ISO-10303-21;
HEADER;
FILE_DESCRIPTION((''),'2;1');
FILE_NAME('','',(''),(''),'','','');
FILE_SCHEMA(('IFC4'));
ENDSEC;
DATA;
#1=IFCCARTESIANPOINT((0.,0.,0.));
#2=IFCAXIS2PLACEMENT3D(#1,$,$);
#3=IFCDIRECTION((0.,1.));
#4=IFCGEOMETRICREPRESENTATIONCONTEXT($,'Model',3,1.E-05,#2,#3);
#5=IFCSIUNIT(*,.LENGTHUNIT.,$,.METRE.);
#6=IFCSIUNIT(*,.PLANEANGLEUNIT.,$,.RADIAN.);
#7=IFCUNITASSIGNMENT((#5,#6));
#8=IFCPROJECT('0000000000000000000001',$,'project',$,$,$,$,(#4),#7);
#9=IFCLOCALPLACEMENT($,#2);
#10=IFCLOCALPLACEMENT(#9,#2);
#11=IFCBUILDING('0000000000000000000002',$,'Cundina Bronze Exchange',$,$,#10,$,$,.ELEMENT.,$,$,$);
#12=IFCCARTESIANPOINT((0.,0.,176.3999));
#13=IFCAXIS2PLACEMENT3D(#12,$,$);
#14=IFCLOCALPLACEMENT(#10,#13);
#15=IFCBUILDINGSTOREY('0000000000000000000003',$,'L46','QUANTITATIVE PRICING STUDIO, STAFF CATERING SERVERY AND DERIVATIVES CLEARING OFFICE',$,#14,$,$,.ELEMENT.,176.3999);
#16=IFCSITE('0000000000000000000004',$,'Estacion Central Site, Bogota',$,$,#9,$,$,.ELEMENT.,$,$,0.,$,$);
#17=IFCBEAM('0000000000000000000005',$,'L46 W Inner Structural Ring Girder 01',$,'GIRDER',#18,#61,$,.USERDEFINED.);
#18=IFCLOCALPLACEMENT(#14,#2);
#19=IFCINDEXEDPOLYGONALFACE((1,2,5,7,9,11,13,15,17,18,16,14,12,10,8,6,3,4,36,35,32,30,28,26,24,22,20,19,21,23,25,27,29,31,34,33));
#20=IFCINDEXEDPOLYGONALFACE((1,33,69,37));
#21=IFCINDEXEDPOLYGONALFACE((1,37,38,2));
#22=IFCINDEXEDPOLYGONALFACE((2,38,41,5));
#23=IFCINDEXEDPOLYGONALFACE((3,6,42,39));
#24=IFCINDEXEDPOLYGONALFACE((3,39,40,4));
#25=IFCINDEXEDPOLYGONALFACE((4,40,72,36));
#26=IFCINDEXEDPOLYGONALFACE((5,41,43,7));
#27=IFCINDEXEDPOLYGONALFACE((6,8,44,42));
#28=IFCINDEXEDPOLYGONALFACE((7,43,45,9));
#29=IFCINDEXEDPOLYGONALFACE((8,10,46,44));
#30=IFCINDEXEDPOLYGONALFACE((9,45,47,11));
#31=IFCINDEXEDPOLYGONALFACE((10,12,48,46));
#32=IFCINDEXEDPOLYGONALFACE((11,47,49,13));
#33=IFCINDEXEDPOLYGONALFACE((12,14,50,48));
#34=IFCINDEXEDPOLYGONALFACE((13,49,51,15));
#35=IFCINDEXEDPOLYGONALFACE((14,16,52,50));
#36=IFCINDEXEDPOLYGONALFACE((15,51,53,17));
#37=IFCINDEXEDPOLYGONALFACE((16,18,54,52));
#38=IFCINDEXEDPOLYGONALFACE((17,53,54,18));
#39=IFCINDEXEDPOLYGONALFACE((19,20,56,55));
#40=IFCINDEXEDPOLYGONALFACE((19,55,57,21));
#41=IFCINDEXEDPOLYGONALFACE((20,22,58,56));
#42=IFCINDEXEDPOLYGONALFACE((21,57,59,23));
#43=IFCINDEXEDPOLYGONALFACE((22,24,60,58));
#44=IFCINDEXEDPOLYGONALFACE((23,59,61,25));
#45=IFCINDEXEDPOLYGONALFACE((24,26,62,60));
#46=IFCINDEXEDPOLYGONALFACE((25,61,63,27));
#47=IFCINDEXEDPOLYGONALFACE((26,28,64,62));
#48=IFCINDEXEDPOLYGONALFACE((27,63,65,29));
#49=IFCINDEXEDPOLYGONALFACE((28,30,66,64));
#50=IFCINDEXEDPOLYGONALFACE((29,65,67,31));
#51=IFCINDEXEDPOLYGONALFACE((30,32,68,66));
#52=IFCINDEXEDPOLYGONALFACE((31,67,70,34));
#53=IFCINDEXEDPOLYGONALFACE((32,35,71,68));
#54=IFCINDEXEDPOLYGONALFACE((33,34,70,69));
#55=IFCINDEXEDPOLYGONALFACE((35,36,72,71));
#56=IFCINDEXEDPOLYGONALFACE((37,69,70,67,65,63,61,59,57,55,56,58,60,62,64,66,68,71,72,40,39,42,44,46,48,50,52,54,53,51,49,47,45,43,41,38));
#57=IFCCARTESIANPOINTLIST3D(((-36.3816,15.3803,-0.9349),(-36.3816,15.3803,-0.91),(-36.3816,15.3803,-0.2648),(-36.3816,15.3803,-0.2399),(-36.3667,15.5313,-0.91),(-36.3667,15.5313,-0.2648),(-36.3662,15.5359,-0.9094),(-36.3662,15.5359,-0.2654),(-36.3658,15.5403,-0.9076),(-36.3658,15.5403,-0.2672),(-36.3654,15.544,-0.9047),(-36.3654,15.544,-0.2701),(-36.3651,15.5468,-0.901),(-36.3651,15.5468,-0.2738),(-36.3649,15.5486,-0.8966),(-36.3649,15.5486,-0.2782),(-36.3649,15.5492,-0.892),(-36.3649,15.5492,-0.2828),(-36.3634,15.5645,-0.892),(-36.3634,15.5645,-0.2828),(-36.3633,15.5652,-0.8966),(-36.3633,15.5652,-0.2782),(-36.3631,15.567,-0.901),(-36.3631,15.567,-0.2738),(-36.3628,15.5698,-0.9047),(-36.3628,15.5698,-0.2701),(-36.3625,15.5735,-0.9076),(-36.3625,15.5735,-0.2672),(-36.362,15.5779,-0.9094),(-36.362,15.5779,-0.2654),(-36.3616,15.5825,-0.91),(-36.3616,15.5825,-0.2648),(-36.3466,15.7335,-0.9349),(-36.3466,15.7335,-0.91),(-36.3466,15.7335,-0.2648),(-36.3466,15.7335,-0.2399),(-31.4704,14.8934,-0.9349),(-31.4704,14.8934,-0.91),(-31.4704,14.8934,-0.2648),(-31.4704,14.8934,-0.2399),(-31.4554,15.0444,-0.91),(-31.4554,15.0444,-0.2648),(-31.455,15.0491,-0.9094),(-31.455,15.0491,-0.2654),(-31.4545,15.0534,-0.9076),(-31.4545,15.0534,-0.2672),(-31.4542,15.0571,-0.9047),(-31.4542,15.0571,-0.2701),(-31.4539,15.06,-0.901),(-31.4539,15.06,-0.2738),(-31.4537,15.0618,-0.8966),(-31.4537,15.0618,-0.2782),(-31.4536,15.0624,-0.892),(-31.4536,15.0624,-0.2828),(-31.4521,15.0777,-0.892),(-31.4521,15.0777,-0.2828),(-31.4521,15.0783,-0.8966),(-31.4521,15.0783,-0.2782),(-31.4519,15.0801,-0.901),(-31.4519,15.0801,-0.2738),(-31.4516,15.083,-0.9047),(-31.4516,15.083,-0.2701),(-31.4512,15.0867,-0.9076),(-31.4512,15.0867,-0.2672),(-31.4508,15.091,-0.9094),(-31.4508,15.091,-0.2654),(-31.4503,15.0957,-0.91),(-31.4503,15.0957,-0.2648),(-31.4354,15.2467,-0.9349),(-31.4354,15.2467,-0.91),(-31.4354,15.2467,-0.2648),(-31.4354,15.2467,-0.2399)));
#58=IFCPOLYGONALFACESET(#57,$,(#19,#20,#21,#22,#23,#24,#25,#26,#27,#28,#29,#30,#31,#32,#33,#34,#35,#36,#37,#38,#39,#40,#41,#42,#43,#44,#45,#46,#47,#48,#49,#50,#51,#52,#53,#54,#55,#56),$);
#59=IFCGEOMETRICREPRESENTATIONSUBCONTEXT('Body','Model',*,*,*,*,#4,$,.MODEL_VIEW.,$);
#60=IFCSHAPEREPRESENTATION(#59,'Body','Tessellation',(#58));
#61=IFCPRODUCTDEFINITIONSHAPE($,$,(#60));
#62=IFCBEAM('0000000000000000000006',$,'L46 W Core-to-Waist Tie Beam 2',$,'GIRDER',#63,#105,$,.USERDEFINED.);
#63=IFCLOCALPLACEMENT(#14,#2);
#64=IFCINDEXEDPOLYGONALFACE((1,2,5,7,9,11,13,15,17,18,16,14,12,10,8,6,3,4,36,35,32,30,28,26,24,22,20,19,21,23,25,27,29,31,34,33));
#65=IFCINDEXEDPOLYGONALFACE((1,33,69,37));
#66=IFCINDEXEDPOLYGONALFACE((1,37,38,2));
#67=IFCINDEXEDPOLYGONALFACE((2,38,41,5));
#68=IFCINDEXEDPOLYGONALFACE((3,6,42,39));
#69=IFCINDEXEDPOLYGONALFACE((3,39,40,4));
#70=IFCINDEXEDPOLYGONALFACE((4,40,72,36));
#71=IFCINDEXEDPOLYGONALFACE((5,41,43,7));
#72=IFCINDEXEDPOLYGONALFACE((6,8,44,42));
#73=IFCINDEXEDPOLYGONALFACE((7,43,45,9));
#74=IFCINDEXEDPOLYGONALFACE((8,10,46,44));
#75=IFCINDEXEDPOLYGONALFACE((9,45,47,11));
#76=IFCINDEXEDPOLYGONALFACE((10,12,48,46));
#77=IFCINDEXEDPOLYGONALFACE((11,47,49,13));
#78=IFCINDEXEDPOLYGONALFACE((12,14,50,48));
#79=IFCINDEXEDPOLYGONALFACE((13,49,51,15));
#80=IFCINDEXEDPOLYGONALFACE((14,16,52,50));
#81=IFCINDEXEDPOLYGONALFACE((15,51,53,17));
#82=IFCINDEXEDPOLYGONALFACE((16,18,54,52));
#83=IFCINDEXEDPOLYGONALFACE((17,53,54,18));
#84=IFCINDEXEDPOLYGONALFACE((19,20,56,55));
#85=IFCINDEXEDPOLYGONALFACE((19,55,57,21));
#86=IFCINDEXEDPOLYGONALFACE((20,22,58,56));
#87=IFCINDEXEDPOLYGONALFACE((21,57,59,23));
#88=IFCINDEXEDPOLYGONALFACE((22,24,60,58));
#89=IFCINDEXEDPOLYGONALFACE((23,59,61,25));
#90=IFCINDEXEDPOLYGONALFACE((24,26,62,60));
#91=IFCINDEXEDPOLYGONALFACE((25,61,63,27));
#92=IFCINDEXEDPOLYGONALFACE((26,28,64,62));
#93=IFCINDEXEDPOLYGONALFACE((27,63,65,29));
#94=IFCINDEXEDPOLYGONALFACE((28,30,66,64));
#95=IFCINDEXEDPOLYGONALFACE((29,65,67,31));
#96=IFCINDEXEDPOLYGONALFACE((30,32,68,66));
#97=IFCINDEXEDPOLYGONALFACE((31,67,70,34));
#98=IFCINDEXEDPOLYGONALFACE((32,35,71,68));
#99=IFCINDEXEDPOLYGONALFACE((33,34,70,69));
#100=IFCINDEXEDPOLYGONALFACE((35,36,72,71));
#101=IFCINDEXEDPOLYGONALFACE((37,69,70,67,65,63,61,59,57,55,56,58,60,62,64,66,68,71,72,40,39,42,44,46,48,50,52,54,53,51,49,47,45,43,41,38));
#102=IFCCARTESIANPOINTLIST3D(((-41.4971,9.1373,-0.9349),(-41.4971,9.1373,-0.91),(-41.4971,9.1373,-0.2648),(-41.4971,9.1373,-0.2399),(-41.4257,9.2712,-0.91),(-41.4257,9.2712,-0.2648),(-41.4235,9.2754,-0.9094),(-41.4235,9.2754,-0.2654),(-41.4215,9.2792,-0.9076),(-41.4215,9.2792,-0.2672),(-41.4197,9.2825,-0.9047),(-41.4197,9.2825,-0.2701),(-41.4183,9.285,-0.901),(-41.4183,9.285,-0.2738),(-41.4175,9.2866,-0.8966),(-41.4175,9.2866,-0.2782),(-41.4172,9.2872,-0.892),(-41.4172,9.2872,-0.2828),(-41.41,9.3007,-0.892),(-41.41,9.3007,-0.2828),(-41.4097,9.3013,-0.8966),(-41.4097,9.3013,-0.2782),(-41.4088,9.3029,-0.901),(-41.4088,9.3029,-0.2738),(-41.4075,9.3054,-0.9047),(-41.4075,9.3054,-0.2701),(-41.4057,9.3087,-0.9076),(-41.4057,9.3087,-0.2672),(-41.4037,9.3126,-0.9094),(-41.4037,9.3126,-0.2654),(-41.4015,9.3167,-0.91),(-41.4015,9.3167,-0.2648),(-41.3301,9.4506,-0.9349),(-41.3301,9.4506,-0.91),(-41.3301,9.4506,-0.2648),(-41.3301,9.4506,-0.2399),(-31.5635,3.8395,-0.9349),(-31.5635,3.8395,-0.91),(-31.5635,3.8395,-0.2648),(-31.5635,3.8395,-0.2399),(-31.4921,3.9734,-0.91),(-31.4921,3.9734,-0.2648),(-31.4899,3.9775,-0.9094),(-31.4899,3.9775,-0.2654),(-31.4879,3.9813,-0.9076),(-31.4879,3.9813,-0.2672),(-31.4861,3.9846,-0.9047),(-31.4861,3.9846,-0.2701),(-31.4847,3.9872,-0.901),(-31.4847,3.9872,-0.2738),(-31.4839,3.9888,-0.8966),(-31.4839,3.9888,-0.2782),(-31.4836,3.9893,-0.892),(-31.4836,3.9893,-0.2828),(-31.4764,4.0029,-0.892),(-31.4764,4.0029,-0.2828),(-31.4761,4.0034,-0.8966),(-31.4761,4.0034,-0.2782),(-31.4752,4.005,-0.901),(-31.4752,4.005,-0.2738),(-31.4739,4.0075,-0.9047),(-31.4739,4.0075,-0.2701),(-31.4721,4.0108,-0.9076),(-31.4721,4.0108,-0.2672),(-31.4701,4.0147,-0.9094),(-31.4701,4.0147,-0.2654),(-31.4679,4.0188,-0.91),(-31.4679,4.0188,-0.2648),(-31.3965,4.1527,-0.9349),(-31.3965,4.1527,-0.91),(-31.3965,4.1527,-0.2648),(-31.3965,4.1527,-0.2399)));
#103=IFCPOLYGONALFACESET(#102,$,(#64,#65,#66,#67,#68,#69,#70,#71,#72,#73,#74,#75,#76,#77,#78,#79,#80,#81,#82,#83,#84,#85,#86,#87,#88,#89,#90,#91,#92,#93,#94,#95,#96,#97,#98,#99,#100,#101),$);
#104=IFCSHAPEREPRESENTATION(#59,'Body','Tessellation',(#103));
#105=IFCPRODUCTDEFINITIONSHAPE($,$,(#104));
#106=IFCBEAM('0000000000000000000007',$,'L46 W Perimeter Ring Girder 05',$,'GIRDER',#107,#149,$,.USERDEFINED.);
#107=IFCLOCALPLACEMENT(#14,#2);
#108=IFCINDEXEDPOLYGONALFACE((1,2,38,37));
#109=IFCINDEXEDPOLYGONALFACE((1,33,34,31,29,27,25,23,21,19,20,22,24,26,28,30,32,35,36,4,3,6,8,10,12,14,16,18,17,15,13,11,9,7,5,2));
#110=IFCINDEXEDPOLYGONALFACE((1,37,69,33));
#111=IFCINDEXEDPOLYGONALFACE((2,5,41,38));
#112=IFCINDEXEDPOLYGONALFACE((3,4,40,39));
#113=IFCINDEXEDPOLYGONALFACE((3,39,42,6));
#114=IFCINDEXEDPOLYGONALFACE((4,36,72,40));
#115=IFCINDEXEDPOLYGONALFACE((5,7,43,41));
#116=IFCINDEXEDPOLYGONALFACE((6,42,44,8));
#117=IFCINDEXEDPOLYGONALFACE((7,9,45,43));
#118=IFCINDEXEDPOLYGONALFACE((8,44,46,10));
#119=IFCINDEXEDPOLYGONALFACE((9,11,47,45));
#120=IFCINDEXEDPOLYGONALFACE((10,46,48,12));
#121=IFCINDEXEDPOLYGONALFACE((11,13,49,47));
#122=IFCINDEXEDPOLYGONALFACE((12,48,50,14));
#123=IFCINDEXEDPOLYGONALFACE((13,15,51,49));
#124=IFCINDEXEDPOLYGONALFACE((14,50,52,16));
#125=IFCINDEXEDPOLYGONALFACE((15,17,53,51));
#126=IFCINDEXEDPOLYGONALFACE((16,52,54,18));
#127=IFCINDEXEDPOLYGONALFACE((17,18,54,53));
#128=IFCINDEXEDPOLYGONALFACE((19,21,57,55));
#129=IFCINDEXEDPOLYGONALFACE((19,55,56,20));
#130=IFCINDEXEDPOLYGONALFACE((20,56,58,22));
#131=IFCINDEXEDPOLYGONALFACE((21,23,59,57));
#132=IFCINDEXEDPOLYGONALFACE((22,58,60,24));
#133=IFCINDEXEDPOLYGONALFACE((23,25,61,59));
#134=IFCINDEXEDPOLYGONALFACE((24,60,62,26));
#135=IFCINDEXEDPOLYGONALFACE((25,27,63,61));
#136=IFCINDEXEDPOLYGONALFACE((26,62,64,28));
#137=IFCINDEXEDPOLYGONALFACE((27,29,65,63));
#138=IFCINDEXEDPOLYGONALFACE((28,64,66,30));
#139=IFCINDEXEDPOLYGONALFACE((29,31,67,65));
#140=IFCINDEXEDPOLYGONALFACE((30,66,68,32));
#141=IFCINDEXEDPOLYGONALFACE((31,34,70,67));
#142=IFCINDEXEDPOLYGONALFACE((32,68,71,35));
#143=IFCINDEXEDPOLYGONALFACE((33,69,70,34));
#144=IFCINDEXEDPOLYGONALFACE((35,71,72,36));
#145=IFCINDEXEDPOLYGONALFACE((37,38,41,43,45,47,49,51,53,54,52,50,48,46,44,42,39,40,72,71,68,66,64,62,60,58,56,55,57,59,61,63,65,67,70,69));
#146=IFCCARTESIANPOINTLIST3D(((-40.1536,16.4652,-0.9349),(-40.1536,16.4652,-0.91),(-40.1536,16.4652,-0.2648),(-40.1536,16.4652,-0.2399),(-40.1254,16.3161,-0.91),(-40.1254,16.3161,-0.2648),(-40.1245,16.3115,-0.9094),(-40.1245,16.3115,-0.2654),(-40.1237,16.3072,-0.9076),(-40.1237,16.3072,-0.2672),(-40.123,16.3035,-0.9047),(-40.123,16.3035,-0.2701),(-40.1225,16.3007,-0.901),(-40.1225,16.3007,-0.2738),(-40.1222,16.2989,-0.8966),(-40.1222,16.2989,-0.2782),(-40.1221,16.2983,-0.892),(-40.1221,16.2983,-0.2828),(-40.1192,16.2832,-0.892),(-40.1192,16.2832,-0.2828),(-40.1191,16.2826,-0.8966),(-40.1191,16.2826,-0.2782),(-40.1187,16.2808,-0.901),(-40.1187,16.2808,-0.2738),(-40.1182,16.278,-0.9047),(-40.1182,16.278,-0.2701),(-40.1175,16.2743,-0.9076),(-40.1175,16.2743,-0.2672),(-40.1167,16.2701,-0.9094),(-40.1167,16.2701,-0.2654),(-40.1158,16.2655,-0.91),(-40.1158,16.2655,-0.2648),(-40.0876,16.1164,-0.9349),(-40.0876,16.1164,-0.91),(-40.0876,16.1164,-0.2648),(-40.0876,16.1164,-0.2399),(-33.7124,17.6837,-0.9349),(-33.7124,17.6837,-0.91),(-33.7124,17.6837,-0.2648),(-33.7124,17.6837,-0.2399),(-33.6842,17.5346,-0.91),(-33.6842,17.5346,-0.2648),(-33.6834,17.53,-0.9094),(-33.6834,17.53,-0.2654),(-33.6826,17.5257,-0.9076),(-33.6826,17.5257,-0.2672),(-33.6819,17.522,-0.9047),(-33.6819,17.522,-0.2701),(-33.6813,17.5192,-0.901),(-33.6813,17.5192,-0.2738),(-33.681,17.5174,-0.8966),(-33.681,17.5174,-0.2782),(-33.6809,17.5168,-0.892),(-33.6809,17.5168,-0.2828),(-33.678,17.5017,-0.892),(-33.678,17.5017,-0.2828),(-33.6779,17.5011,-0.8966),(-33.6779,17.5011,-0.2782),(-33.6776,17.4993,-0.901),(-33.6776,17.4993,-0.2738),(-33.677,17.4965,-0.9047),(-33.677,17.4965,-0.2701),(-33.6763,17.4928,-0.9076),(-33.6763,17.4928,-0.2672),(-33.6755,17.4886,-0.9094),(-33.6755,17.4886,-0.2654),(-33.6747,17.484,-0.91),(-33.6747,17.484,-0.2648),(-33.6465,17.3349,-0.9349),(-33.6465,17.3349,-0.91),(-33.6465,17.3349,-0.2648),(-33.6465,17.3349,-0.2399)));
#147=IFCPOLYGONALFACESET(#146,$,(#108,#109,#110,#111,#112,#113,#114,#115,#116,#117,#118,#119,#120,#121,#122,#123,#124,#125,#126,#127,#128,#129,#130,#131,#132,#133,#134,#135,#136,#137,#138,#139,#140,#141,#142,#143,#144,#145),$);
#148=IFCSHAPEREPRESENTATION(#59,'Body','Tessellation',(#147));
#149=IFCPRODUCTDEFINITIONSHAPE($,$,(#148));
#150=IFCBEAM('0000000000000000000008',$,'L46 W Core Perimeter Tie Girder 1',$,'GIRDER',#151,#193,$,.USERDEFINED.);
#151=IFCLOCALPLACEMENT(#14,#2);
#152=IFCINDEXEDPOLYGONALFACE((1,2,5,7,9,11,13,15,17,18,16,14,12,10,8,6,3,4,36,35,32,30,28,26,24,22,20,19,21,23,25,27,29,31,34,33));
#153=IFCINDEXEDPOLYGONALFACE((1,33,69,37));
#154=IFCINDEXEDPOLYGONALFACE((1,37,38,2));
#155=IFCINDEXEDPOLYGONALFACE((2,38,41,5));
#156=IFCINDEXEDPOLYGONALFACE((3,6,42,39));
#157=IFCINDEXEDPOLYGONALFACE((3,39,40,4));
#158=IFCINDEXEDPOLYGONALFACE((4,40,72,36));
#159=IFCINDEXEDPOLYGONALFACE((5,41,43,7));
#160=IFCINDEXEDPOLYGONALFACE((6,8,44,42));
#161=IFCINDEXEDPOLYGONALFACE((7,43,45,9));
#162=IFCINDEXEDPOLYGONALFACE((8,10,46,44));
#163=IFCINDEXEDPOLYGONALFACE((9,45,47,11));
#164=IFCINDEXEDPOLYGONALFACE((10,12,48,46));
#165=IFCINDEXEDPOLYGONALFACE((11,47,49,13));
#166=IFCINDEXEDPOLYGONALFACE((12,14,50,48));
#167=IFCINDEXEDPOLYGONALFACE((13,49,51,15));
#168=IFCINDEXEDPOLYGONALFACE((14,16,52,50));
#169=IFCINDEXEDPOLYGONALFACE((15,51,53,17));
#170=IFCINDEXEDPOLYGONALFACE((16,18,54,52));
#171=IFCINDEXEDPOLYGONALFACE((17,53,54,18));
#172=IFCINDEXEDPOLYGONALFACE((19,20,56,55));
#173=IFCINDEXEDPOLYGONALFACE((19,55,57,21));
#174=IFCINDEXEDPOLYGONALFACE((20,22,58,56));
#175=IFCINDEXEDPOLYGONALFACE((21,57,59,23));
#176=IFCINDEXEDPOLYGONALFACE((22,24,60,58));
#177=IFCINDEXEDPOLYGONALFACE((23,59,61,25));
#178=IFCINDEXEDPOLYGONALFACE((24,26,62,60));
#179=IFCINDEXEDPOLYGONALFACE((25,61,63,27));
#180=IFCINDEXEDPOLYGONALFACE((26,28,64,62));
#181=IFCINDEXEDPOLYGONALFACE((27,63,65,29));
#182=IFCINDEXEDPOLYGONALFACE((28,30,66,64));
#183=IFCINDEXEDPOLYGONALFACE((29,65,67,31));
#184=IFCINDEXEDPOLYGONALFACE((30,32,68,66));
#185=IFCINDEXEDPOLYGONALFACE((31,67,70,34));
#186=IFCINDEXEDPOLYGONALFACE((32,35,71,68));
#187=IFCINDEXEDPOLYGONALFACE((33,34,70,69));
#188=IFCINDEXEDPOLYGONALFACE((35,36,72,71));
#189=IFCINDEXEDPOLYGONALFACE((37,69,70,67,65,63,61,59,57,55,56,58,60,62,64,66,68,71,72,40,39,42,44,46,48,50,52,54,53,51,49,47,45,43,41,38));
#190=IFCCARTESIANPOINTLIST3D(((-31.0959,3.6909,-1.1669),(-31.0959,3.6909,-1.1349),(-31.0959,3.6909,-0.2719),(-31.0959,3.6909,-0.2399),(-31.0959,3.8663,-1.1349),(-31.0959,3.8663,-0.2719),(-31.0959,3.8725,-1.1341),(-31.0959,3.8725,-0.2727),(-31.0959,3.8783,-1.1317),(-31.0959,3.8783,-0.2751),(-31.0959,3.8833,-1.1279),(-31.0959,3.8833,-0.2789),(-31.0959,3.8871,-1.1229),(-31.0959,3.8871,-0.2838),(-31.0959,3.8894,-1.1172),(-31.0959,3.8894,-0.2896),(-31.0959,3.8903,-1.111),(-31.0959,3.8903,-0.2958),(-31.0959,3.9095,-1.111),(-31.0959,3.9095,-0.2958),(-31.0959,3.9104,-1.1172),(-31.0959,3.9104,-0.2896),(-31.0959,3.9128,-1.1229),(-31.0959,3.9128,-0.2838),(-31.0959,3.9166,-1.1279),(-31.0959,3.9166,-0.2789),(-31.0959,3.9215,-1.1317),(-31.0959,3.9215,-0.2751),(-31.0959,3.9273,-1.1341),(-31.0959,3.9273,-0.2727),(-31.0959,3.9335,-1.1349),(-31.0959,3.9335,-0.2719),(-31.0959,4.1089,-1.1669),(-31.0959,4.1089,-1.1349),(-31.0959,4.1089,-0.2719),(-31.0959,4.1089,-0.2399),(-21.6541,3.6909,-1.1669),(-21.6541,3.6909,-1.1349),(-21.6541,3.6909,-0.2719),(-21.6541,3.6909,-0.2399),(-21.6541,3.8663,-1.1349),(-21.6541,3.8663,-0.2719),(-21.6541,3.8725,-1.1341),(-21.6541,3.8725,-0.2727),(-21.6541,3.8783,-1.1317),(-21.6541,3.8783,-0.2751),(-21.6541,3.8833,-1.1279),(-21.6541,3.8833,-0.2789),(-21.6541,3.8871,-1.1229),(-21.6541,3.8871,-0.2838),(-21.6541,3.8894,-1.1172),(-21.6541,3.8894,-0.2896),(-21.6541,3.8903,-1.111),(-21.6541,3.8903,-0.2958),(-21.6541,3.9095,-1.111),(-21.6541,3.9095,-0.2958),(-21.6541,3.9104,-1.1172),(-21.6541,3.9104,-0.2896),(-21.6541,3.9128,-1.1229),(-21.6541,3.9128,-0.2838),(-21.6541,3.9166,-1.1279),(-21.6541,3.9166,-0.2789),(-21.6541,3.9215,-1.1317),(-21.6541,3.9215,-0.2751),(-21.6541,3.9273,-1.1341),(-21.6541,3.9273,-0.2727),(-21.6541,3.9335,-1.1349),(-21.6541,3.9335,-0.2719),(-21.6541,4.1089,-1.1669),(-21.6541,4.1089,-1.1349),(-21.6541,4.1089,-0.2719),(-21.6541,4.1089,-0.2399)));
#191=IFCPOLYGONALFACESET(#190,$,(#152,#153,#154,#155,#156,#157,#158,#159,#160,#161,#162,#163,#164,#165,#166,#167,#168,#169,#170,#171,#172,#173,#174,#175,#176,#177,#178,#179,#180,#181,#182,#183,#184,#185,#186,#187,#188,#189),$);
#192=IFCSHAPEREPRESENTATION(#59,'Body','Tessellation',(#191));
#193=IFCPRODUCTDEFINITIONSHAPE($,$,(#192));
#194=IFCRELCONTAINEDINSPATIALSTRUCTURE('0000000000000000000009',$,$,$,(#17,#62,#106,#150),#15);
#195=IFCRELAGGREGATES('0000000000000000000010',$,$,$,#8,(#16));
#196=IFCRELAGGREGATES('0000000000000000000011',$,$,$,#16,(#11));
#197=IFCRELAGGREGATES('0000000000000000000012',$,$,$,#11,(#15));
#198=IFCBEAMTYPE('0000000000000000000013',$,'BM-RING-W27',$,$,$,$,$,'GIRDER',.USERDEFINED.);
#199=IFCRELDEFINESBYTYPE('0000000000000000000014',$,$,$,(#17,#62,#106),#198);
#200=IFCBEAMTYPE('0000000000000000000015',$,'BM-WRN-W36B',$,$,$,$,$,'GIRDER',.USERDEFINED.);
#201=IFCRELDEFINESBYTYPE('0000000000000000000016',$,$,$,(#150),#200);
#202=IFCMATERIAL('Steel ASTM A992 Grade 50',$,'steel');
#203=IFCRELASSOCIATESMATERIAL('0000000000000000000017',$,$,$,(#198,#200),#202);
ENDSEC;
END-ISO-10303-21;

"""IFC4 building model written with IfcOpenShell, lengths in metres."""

from ifc_helpers import new_model, si_unit, direction, frame, origin, origin_2d, place, context, subcontext, project, spatial, i_section, extrude, material, material_profile, profile_set, type_object, element, save


model = new_model("IFC4")

# Units and contexts
model_context = context("Model", 3, precision=1e-05, world=origin(), true_north=direction((0.0, 1.0)))
body_context = subcontext(model_context, "Body", "Model", "MODEL_VIEW")
ifc_project = project(units=[si_unit("LENGTHUNIT", "METRE"), si_unit("PLANEANGLEUNIT", "RADIAN")], contexts=[model_context])

# Site, building, storey
site_placement = place(None, origin())
site = spatial("IfcSite", under=ifc_project, at=site_placement, Name="Estacion Central Site, Bogota", CompositionType="ELEMENT", RefElevation=0.0)
building_placement = place(site_placement, origin())
building = spatial("IfcBuilding", under=site, at=building_placement, Name="Cundina Bronze Exchange", CompositionType="ELEMENT")
storey_placement = place(building_placement, frame((0.0, 0.0, 176.3999)))
storey = spatial("IfcBuildingStorey", under=building, at=storey_placement, Name="L46", Description="QUANTITATIVE PRICING STUDIO, STAFF CATERING SERVERY AND DERIVATIVES CLEARING OFFICE", CompositionType="ELEMENT", Elevation=176.3999)

# Shared definitions
ifc_material_1 = material(Name="Steel ASTM A992 Grade 50", Category="steel")

# Beams
ifc_material_profile_1 = material_profile(ifc_material_1, i_section(OverallWidth=0.355, OverallDepth=0.6951, WebThickness=0.0154, FlangeThickness=0.0249, FilletRadius=0.0181, at=origin_2d()), Name="W27X146", Category="steel")
ifc_profile_set_1 = profile_set([ifc_material_profile_1], Name="Steel ASTM A992 Grade 50")
beam_type_1 = type_object("IfcBeamType", Name="BM-RING-W27", ElementType="GIRDER", PredefinedType="USERDEFINED", material=ifc_profile_set_1)
beam_1_placement = place(storey_placement, frame((-31.4529, 15.0701, -0.5874), z_axis=(-0.995123, 0.098642, 0.0), x_axis=(-0.098642, -0.995123, 0.0)))
element("IfcBeam", 1, at=beam_1_placement, inside=storey, type_object=beam_type_1, Name="L46 W Inner Structural Ring Girder 01", ObjectType="GIRDER", PredefinedType="USERDEFINED", context=body_context, shape_type="SweptSolid", body=[
    extrude(i_section(OverallWidth=0.355, OverallDepth=0.6951, WebThickness=0.0154, FlangeThickness=0.0249, FilletRadius=0.0181, at=origin_2d()), origin(), (0.0, 0.0, 1.0), 4.9353),
])
beam_2_placement = place(storey_placement, frame((-31.48, 3.9961, -0.5874), z_axis=(-0.882355, 0.470584, 0.0), x_axis=(-0.470584, -0.882355, 0.0)))
element("IfcBeam", 2, at=beam_2_placement, inside=storey, type_object=beam_type_1, Name="L46 W Core-to-Waist Tie Beam 2", ObjectType="GIRDER", PredefinedType="USERDEFINED", context=body_context, shape_type="SweptSolid", body=[
    extrude(i_section(OverallWidth=0.355, OverallDepth=0.6951, WebThickness=0.0154, FlangeThickness=0.0249, FilletRadius=0.0181, at=origin_2d()), origin(), (0.0, 0.0, 1.0), 11.2581),
])
beam_3_placement = place(storey_placement, frame((-33.6794, 17.5093, -0.5874), z_axis=(-0.982573, -0.185878, 0.0), x_axis=(0.185878, -0.982573, 0.0)))
element("IfcBeam", 3, at=beam_3_placement, inside=storey, type_object=beam_type_1, Name="L46 W Perimeter Ring Girder 05", ObjectType="GIRDER", PredefinedType="USERDEFINED", context=body_context, shape_type="SweptSolid", body=[
    extrude(i_section(OverallWidth=0.355, OverallDepth=0.6951, WebThickness=0.0154, FlangeThickness=0.0249, FilletRadius=0.0181, at=origin_2d()), origin(), (0.0, 0.0, 1.0), 6.5554),
])
ifc_material_profile_2 = material_profile(ifc_material_1, i_section(OverallWidth=0.418, OverallDepth=0.927, WebThickness=0.0193, FlangeThickness=0.032, FilletRadius=0.0239, at=origin_2d()), Name="W36X231", Category="steel")
ifc_profile_set_2 = profile_set([ifc_material_profile_2], Name="Steel ASTM A992 Grade 50")
beam_type_2 = type_object("IfcBeamType", Name="BM-WRN-W36B", ElementType="GIRDER", PredefinedType="USERDEFINED", material=ifc_profile_set_2)
beam_4_placement = place(storey_placement, frame((-31.0959, 3.8999, -0.7034), z_axis=(1.0, 0.0, 0.0), x_axis=(0.0, 1.0, 0.0)))
element("IfcBeam", 4, at=beam_4_placement, inside=storey, type_object=beam_type_2, Name="L46 W Core Perimeter Tie Girder 1", ObjectType="GIRDER", PredefinedType="USERDEFINED", context=body_context, shape_type="SweptSolid", body=[
    extrude(i_section(OverallWidth=0.418, OverallDepth=0.927, WebThickness=0.0193, FlangeThickness=0.032, FilletRadius=0.0239, at=origin_2d()), origin(), (0.0, 0.0, 1.0), 9.4419),
])

save(model, "model.ifc")
